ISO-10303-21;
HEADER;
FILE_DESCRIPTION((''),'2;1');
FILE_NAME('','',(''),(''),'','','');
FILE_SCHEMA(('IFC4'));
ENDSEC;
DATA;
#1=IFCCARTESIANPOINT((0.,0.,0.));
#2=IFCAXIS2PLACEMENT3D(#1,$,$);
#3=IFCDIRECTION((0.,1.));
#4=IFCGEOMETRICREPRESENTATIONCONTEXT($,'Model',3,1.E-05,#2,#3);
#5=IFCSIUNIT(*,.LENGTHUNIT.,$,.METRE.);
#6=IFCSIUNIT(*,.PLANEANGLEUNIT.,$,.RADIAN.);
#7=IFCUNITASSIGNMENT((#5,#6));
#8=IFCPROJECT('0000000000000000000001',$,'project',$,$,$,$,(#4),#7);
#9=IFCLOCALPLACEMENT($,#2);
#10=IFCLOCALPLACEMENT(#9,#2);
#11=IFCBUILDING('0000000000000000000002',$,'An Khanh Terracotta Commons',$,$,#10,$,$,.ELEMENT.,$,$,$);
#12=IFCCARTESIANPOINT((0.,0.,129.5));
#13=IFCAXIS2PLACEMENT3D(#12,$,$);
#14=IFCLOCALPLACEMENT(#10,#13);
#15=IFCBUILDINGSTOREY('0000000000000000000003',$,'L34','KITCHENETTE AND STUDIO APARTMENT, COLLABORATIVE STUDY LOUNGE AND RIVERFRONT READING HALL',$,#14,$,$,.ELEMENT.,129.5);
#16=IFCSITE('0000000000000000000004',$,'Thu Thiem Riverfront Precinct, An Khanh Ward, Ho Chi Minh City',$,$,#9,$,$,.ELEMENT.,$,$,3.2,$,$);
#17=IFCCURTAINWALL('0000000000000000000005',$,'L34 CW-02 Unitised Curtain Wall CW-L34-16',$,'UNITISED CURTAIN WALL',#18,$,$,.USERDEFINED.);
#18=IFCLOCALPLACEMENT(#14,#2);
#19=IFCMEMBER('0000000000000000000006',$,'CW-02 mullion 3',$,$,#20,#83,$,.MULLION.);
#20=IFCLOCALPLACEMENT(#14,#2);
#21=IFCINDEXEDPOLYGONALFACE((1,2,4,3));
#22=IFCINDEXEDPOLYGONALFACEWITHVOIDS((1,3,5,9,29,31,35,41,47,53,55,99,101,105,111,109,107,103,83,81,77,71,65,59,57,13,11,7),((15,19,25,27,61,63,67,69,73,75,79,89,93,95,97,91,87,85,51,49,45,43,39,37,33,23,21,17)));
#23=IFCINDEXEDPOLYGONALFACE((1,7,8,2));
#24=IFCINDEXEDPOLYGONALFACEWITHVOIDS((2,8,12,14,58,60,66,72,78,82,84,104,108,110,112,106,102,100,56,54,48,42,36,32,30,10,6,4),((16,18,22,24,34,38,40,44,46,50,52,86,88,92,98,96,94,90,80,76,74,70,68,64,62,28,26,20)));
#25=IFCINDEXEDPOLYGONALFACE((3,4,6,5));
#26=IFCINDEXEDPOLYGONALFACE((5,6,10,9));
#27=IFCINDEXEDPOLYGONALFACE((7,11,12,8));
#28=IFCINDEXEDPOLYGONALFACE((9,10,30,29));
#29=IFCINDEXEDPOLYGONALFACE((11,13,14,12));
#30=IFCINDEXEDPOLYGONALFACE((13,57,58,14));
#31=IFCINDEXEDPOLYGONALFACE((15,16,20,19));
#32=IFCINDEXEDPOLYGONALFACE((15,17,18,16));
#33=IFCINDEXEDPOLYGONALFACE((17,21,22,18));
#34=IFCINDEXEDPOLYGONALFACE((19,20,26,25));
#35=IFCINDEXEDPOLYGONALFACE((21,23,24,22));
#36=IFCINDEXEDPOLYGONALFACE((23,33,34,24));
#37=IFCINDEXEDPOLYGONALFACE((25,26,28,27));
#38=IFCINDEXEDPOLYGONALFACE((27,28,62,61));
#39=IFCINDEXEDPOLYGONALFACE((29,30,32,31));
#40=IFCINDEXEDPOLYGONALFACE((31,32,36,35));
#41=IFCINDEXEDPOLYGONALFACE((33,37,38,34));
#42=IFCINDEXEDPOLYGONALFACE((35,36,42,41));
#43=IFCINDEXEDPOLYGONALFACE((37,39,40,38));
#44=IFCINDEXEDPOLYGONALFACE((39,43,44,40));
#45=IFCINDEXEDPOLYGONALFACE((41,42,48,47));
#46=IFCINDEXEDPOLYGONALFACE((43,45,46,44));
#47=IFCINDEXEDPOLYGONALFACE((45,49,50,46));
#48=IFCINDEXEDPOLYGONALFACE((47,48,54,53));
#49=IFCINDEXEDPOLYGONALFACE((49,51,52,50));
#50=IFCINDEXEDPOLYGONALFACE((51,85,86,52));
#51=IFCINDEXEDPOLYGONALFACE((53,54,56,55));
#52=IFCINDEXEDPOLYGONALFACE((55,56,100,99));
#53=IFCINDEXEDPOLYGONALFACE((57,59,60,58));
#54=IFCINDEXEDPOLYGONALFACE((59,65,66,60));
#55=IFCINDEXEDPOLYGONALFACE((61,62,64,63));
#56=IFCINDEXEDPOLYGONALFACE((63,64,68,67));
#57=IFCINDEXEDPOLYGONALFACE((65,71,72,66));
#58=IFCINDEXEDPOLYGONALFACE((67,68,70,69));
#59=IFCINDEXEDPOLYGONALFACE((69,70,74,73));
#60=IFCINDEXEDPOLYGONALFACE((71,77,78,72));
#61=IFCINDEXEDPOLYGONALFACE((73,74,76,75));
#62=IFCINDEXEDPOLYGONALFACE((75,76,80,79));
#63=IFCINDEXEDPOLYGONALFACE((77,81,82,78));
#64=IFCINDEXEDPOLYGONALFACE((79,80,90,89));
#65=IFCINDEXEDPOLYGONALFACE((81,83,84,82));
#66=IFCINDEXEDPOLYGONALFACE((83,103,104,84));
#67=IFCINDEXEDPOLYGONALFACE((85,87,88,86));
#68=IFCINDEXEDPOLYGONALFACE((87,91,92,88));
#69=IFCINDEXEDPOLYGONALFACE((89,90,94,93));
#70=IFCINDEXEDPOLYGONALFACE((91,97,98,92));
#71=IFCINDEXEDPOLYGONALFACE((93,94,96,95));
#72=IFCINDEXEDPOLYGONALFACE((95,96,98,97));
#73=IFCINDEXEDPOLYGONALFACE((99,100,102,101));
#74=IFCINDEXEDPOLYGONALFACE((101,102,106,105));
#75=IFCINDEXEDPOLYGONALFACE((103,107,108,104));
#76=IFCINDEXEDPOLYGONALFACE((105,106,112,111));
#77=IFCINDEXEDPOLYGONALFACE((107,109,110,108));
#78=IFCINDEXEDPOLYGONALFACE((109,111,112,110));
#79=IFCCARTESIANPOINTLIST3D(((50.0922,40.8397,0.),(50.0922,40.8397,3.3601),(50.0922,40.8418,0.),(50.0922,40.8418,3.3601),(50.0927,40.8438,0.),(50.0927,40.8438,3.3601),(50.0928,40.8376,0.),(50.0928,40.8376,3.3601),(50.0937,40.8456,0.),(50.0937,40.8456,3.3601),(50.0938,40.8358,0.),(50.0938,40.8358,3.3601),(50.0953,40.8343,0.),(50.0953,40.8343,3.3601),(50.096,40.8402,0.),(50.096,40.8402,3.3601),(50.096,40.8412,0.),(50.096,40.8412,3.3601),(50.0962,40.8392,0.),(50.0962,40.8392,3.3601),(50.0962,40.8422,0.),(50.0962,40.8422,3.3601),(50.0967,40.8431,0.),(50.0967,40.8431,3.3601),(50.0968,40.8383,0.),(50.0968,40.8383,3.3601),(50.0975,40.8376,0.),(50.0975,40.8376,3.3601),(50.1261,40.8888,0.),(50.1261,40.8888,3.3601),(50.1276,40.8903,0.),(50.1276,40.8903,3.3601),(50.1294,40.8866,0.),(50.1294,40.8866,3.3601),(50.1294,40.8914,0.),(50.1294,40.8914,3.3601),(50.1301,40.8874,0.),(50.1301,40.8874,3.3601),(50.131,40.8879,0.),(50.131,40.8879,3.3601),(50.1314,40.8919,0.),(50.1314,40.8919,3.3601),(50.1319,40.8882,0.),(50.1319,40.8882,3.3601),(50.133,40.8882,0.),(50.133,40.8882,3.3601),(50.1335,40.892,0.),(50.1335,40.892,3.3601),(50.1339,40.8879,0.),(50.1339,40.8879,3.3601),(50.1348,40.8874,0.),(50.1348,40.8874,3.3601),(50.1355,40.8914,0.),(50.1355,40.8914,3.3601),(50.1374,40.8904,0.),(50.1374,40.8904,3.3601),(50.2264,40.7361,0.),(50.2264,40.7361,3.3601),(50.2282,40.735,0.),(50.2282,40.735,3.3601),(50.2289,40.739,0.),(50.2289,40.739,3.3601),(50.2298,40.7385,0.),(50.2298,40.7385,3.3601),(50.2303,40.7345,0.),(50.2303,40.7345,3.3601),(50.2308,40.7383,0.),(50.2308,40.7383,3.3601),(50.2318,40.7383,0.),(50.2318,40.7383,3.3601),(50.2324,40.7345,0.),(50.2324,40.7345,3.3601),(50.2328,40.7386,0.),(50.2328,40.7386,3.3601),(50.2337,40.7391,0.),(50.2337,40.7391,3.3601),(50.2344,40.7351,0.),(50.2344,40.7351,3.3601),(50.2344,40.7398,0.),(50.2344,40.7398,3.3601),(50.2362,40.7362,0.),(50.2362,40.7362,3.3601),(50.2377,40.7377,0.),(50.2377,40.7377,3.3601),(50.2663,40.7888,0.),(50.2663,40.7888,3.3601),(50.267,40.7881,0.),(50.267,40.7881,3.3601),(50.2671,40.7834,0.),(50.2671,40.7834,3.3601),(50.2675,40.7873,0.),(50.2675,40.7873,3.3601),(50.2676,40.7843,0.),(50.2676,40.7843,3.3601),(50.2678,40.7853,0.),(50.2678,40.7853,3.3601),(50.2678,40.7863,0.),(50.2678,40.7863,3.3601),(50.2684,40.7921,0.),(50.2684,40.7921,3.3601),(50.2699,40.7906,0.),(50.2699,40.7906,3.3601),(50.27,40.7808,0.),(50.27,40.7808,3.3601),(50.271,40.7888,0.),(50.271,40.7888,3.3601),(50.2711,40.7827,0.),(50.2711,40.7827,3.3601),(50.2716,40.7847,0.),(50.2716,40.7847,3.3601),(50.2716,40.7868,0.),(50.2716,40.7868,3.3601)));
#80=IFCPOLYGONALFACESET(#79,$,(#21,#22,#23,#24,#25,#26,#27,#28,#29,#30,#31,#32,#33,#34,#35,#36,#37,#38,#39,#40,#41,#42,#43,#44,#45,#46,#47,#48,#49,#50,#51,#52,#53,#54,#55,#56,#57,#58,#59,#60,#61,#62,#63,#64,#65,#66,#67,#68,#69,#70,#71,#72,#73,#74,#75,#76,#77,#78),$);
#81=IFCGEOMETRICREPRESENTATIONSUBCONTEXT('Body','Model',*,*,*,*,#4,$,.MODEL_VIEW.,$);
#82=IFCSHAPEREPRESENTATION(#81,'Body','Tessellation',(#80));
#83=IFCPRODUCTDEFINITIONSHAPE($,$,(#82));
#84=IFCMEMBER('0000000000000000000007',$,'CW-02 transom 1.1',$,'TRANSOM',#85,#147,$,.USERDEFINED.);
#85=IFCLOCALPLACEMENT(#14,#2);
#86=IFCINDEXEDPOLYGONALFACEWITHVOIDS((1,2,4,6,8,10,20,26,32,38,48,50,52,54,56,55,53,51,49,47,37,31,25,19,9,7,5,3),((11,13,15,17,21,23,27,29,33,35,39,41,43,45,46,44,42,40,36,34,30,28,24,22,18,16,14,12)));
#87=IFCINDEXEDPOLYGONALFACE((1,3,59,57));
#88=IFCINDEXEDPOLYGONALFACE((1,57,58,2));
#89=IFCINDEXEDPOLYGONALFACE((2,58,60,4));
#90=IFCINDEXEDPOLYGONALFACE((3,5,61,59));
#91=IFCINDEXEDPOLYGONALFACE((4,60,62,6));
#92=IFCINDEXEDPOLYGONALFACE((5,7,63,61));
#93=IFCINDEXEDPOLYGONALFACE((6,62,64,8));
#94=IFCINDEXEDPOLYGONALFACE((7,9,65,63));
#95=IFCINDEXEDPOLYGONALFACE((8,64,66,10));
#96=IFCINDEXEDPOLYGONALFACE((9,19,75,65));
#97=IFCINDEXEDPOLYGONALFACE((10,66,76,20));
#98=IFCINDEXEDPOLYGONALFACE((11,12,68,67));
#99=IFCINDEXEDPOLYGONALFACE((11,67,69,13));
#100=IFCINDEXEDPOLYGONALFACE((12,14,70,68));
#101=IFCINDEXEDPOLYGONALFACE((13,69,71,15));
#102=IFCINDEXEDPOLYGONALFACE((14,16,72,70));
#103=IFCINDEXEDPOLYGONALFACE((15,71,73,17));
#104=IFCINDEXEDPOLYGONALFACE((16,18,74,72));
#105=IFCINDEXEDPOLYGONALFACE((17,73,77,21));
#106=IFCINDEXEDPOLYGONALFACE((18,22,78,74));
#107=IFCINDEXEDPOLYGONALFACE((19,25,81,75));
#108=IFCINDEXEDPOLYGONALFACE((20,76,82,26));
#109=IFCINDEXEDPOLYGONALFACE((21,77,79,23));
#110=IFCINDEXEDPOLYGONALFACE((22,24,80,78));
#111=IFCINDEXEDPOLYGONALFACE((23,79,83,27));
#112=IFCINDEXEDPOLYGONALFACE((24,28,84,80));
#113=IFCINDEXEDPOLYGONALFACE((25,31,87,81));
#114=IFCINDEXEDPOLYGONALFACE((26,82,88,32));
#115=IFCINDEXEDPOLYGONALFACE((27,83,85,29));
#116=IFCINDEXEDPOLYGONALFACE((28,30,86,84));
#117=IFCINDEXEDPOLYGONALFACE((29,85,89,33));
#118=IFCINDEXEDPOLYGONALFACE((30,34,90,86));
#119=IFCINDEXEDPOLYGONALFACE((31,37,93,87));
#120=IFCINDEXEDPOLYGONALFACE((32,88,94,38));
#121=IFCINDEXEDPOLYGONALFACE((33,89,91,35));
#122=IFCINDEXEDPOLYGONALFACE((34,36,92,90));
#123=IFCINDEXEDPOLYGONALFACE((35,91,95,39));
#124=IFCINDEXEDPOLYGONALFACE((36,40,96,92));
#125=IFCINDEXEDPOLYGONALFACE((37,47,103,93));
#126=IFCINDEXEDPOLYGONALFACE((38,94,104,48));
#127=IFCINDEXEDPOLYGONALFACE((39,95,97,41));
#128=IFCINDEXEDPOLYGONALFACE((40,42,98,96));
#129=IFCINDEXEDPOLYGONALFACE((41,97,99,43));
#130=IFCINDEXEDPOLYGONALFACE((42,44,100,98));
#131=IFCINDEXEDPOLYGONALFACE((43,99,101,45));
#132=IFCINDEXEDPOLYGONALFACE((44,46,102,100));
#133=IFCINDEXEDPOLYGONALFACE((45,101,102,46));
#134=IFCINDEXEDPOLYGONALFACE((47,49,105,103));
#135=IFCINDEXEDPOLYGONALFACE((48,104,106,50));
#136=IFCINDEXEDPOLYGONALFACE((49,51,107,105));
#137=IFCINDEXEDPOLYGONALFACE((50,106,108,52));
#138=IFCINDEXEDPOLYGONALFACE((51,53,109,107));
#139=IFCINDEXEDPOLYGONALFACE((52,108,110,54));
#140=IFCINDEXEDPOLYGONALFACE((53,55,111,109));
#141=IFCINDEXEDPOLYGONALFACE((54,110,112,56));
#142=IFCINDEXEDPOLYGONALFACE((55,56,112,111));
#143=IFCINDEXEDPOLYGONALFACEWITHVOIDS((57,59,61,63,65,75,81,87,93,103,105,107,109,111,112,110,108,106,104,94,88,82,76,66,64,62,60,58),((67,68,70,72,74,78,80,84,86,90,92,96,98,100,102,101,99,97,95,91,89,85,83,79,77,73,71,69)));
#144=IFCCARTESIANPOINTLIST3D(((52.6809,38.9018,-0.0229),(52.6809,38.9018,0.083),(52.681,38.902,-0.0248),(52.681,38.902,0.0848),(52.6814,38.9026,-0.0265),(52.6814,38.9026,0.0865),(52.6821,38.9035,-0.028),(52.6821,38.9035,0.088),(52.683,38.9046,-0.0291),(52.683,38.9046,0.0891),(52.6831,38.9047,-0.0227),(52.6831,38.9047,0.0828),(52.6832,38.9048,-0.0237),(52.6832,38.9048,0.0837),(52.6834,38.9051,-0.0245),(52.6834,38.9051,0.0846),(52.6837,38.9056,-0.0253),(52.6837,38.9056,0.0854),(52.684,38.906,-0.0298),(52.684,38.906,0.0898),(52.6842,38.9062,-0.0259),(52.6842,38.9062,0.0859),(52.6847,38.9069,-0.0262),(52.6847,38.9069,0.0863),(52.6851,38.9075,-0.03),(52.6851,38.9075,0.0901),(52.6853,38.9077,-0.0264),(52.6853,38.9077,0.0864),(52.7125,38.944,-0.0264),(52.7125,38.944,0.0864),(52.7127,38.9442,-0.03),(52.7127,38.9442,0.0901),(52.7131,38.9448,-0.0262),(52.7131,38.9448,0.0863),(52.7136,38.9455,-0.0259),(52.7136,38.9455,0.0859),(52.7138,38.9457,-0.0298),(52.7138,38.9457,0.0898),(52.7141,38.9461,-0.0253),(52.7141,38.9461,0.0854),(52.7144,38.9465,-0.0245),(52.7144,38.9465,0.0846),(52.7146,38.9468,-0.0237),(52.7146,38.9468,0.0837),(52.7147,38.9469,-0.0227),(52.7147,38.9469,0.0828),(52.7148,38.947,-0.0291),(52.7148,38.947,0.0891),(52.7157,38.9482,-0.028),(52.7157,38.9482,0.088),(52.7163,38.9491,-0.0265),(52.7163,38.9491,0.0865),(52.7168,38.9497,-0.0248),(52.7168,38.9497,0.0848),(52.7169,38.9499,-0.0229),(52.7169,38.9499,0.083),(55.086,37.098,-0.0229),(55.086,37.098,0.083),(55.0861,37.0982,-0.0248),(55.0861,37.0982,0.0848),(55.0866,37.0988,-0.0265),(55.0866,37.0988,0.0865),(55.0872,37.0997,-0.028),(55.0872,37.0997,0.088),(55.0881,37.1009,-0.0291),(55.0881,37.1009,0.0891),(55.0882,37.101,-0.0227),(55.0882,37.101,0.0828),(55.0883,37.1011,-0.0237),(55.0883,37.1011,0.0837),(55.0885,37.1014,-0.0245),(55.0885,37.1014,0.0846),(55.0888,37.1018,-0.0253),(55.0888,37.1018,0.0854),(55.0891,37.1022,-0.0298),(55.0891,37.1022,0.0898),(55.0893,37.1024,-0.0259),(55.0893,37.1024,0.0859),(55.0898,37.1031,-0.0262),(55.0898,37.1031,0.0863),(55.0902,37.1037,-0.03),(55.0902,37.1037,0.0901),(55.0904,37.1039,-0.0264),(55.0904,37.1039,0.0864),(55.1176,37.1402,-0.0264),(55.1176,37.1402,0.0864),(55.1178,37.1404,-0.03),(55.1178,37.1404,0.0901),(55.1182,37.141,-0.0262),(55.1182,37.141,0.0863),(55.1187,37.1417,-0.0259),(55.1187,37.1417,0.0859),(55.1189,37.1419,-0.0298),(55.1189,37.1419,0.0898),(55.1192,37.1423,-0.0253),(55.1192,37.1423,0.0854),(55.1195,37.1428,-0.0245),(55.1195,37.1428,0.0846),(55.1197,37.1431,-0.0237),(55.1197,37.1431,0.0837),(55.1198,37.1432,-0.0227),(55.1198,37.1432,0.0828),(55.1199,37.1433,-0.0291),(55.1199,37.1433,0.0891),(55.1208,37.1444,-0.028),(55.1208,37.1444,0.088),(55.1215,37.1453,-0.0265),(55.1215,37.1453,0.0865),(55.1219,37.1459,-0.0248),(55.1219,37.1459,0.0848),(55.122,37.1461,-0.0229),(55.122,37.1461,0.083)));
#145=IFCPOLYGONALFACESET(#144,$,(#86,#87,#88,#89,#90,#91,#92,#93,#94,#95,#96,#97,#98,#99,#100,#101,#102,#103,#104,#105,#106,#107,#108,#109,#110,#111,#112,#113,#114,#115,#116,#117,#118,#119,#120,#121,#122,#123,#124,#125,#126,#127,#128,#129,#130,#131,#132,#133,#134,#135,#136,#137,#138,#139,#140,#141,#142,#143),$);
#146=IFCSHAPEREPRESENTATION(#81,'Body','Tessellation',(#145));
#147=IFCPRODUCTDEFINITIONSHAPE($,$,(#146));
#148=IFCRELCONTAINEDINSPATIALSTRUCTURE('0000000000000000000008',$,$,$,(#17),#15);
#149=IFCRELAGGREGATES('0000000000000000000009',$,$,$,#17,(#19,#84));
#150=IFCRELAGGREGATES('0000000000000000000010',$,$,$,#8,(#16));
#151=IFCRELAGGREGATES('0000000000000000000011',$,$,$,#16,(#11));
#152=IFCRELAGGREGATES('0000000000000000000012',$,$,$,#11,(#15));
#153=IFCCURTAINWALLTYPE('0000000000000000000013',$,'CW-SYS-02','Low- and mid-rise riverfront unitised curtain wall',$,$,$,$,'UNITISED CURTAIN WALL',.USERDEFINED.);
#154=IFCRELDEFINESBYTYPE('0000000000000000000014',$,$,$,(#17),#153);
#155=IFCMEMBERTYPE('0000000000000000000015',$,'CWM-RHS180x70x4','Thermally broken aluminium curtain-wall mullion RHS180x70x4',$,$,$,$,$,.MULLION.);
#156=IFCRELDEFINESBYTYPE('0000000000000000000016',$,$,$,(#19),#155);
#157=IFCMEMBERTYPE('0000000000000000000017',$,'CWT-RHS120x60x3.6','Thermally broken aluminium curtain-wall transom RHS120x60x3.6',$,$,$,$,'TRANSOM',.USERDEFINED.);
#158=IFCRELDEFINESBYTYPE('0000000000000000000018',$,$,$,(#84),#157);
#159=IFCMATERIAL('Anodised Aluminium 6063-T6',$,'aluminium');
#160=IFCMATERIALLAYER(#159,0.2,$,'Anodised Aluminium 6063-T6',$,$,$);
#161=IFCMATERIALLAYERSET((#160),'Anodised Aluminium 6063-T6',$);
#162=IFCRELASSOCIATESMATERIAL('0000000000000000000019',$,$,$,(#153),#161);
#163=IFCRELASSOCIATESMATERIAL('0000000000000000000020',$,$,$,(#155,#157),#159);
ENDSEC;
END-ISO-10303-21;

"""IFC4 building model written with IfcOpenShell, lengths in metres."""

from ifc_helpers import new_model, si_unit, direction, frame, origin, origin_2d, place, context, subcontext, project, spatial, hollow_rectangle, extrude, material, layer, layer_set, material_profile, profile_set, type_object, element, aggregate, save


model = new_model("IFC4")

# Units and contexts
model_context = context("Model", 3, precision=1e-05, world=origin(), true_north=direction((0.0, 1.0)))
body_context = subcontext(model_context, "Body", "Model", "MODEL_VIEW")
ifc_project = project(units=[si_unit("LENGTHUNIT", "METRE"), si_unit("PLANEANGLEUNIT", "RADIAN")], contexts=[model_context])

# Site, building, storey
site_placement = place(None, origin())
site = spatial("IfcSite", under=ifc_project, at=site_placement, Name="Thu Thiem Riverfront Precinct, An Khanh Ward, Ho Chi Minh City", CompositionType="ELEMENT", RefElevation=3.2)
building_placement = place(site_placement, origin())
building = spatial("IfcBuilding", under=site, at=building_placement, Name="An Khanh Terracotta Commons", CompositionType="ELEMENT")
storey_placement = place(building_placement, frame((0.0, 0.0, 129.5)))
storey = spatial("IfcBuildingStorey", under=building, at=storey_placement, Name="L34", Description="KITCHENETTE AND STUDIO APARTMENT, COLLABORATIVE STUDY LOUNGE AND RIVERFRONT READING HALL", CompositionType="ELEMENT", Elevation=129.5)

# Curtain wall, members
ifc_material_1 = material(Name="Anodised Aluminium 6063-T6", Category="aluminium")
ifc_layer_1 = layer(ifc_material_1, 0.2, Name="Anodised Aluminium 6063-T6")
ifc_layer_set_1 = layer_set([ifc_layer_1], Name="Anodised Aluminium 6063-T6")
curtain_wall_type = type_object("IfcCurtainWallType", Name="CW-SYS-02", Description="Low- and mid-rise riverfront unitised curtain wall", ElementType="UNITISED CURTAIN WALL", PredefinedType="USERDEFINED", material=ifc_layer_set_1)
curtain_wall_placement = place(storey_placement, origin())
curtain_wall = element("IfcCurtainWall", 1, at=curtain_wall_placement, inside=storey, type_object=curtain_wall_type, Name="L34 CW-02 Unitised Curtain Wall CW-L34-16", ObjectType="UNITISED CURTAIN WALL", PredefinedType="USERDEFINED")
ifc_material_profile_1 = material_profile(ifc_material_1, hollow_rectangle(XDim=0.0701, YDim=0.1799, WallThickness=0.0039, InnerFilletRadius=0.0039, OuterFilletRadius=0.0081, at=origin_2d()), Name="RHS180x70x4")
ifc_profile_set_1 = profile_set([ifc_material_profile_1], Name="Anodised Aluminium 6063-T6")
member_type_1 = type_object("IfcMemberType", Name="CWM-RHS180x70x4", Description="Thermally broken aluminium curtain-wall mullion RHS180x70x4", PredefinedType="MULLION", material=ifc_profile_set_1)
member_1_placement = place(storey_placement, frame((50.1819, 40.8132, 0.0), z_axis=(0.0, 0.0, 1.0), x_axis=(-0.599983, -0.800013, 0.0)))
member_1 = element("IfcMember", 2, at=member_1_placement, type_object=member_type_1, Name="CW-02 mullion 3", PredefinedType="MULLION", context=body_context, shape_type="SweptSolid", body=[
    extrude(hollow_rectangle(XDim=0.0701, YDim=0.1799, WallThickness=0.0039, InnerFilletRadius=0.0039, OuterFilletRadius=0.0081, at=origin_2d()), origin(), (0.0, 0.0, 1.0), 3.3601),
])
ifc_material_profile_2 = material_profile(ifc_material_1, hollow_rectangle(XDim=0.0601, YDim=0.1201, WallThickness=0.0037, InnerFilletRadius=0.0037, OuterFilletRadius=0.0071, at=origin_2d()), Name="RHS120x60x3.6")
ifc_profile_set_2 = profile_set([ifc_material_profile_2], Name="Anodised Aluminium 6063-T6")
member_type_2 = type_object("IfcMemberType", Name="CWT-RHS120x60x3.6", Description="Thermally broken aluminium curtain-wall transom RHS120x60x3.6", ElementType="TRANSOM", PredefinedType="USERDEFINED", material=ifc_profile_set_2)
member_2_placement = place(storey_placement, frame((55.104, 37.1221, 0.03), z_axis=(-0.80001, 0.599987, 0.0), x_axis=(-0.599987, -0.80001, 0.0)))
member_2 = element("IfcMember", 3, at=member_2_placement, type_object=member_type_2, Name="CW-02 transom 1.1", ObjectType="TRANSOM", PredefinedType="USERDEFINED", context=body_context, shape_type="SweptSolid", body=[
    extrude(hollow_rectangle(XDim=0.0601, YDim=0.1201, WallThickness=0.0037, InnerFilletRadius=0.0037, OuterFilletRadius=0.0071, at=origin_2d()), origin(), (0.0, 0.0, 1.0), 3.0063),
])
aggregate(curtain_wall, [member_1, member_2])

save(model, "model.ifc")
